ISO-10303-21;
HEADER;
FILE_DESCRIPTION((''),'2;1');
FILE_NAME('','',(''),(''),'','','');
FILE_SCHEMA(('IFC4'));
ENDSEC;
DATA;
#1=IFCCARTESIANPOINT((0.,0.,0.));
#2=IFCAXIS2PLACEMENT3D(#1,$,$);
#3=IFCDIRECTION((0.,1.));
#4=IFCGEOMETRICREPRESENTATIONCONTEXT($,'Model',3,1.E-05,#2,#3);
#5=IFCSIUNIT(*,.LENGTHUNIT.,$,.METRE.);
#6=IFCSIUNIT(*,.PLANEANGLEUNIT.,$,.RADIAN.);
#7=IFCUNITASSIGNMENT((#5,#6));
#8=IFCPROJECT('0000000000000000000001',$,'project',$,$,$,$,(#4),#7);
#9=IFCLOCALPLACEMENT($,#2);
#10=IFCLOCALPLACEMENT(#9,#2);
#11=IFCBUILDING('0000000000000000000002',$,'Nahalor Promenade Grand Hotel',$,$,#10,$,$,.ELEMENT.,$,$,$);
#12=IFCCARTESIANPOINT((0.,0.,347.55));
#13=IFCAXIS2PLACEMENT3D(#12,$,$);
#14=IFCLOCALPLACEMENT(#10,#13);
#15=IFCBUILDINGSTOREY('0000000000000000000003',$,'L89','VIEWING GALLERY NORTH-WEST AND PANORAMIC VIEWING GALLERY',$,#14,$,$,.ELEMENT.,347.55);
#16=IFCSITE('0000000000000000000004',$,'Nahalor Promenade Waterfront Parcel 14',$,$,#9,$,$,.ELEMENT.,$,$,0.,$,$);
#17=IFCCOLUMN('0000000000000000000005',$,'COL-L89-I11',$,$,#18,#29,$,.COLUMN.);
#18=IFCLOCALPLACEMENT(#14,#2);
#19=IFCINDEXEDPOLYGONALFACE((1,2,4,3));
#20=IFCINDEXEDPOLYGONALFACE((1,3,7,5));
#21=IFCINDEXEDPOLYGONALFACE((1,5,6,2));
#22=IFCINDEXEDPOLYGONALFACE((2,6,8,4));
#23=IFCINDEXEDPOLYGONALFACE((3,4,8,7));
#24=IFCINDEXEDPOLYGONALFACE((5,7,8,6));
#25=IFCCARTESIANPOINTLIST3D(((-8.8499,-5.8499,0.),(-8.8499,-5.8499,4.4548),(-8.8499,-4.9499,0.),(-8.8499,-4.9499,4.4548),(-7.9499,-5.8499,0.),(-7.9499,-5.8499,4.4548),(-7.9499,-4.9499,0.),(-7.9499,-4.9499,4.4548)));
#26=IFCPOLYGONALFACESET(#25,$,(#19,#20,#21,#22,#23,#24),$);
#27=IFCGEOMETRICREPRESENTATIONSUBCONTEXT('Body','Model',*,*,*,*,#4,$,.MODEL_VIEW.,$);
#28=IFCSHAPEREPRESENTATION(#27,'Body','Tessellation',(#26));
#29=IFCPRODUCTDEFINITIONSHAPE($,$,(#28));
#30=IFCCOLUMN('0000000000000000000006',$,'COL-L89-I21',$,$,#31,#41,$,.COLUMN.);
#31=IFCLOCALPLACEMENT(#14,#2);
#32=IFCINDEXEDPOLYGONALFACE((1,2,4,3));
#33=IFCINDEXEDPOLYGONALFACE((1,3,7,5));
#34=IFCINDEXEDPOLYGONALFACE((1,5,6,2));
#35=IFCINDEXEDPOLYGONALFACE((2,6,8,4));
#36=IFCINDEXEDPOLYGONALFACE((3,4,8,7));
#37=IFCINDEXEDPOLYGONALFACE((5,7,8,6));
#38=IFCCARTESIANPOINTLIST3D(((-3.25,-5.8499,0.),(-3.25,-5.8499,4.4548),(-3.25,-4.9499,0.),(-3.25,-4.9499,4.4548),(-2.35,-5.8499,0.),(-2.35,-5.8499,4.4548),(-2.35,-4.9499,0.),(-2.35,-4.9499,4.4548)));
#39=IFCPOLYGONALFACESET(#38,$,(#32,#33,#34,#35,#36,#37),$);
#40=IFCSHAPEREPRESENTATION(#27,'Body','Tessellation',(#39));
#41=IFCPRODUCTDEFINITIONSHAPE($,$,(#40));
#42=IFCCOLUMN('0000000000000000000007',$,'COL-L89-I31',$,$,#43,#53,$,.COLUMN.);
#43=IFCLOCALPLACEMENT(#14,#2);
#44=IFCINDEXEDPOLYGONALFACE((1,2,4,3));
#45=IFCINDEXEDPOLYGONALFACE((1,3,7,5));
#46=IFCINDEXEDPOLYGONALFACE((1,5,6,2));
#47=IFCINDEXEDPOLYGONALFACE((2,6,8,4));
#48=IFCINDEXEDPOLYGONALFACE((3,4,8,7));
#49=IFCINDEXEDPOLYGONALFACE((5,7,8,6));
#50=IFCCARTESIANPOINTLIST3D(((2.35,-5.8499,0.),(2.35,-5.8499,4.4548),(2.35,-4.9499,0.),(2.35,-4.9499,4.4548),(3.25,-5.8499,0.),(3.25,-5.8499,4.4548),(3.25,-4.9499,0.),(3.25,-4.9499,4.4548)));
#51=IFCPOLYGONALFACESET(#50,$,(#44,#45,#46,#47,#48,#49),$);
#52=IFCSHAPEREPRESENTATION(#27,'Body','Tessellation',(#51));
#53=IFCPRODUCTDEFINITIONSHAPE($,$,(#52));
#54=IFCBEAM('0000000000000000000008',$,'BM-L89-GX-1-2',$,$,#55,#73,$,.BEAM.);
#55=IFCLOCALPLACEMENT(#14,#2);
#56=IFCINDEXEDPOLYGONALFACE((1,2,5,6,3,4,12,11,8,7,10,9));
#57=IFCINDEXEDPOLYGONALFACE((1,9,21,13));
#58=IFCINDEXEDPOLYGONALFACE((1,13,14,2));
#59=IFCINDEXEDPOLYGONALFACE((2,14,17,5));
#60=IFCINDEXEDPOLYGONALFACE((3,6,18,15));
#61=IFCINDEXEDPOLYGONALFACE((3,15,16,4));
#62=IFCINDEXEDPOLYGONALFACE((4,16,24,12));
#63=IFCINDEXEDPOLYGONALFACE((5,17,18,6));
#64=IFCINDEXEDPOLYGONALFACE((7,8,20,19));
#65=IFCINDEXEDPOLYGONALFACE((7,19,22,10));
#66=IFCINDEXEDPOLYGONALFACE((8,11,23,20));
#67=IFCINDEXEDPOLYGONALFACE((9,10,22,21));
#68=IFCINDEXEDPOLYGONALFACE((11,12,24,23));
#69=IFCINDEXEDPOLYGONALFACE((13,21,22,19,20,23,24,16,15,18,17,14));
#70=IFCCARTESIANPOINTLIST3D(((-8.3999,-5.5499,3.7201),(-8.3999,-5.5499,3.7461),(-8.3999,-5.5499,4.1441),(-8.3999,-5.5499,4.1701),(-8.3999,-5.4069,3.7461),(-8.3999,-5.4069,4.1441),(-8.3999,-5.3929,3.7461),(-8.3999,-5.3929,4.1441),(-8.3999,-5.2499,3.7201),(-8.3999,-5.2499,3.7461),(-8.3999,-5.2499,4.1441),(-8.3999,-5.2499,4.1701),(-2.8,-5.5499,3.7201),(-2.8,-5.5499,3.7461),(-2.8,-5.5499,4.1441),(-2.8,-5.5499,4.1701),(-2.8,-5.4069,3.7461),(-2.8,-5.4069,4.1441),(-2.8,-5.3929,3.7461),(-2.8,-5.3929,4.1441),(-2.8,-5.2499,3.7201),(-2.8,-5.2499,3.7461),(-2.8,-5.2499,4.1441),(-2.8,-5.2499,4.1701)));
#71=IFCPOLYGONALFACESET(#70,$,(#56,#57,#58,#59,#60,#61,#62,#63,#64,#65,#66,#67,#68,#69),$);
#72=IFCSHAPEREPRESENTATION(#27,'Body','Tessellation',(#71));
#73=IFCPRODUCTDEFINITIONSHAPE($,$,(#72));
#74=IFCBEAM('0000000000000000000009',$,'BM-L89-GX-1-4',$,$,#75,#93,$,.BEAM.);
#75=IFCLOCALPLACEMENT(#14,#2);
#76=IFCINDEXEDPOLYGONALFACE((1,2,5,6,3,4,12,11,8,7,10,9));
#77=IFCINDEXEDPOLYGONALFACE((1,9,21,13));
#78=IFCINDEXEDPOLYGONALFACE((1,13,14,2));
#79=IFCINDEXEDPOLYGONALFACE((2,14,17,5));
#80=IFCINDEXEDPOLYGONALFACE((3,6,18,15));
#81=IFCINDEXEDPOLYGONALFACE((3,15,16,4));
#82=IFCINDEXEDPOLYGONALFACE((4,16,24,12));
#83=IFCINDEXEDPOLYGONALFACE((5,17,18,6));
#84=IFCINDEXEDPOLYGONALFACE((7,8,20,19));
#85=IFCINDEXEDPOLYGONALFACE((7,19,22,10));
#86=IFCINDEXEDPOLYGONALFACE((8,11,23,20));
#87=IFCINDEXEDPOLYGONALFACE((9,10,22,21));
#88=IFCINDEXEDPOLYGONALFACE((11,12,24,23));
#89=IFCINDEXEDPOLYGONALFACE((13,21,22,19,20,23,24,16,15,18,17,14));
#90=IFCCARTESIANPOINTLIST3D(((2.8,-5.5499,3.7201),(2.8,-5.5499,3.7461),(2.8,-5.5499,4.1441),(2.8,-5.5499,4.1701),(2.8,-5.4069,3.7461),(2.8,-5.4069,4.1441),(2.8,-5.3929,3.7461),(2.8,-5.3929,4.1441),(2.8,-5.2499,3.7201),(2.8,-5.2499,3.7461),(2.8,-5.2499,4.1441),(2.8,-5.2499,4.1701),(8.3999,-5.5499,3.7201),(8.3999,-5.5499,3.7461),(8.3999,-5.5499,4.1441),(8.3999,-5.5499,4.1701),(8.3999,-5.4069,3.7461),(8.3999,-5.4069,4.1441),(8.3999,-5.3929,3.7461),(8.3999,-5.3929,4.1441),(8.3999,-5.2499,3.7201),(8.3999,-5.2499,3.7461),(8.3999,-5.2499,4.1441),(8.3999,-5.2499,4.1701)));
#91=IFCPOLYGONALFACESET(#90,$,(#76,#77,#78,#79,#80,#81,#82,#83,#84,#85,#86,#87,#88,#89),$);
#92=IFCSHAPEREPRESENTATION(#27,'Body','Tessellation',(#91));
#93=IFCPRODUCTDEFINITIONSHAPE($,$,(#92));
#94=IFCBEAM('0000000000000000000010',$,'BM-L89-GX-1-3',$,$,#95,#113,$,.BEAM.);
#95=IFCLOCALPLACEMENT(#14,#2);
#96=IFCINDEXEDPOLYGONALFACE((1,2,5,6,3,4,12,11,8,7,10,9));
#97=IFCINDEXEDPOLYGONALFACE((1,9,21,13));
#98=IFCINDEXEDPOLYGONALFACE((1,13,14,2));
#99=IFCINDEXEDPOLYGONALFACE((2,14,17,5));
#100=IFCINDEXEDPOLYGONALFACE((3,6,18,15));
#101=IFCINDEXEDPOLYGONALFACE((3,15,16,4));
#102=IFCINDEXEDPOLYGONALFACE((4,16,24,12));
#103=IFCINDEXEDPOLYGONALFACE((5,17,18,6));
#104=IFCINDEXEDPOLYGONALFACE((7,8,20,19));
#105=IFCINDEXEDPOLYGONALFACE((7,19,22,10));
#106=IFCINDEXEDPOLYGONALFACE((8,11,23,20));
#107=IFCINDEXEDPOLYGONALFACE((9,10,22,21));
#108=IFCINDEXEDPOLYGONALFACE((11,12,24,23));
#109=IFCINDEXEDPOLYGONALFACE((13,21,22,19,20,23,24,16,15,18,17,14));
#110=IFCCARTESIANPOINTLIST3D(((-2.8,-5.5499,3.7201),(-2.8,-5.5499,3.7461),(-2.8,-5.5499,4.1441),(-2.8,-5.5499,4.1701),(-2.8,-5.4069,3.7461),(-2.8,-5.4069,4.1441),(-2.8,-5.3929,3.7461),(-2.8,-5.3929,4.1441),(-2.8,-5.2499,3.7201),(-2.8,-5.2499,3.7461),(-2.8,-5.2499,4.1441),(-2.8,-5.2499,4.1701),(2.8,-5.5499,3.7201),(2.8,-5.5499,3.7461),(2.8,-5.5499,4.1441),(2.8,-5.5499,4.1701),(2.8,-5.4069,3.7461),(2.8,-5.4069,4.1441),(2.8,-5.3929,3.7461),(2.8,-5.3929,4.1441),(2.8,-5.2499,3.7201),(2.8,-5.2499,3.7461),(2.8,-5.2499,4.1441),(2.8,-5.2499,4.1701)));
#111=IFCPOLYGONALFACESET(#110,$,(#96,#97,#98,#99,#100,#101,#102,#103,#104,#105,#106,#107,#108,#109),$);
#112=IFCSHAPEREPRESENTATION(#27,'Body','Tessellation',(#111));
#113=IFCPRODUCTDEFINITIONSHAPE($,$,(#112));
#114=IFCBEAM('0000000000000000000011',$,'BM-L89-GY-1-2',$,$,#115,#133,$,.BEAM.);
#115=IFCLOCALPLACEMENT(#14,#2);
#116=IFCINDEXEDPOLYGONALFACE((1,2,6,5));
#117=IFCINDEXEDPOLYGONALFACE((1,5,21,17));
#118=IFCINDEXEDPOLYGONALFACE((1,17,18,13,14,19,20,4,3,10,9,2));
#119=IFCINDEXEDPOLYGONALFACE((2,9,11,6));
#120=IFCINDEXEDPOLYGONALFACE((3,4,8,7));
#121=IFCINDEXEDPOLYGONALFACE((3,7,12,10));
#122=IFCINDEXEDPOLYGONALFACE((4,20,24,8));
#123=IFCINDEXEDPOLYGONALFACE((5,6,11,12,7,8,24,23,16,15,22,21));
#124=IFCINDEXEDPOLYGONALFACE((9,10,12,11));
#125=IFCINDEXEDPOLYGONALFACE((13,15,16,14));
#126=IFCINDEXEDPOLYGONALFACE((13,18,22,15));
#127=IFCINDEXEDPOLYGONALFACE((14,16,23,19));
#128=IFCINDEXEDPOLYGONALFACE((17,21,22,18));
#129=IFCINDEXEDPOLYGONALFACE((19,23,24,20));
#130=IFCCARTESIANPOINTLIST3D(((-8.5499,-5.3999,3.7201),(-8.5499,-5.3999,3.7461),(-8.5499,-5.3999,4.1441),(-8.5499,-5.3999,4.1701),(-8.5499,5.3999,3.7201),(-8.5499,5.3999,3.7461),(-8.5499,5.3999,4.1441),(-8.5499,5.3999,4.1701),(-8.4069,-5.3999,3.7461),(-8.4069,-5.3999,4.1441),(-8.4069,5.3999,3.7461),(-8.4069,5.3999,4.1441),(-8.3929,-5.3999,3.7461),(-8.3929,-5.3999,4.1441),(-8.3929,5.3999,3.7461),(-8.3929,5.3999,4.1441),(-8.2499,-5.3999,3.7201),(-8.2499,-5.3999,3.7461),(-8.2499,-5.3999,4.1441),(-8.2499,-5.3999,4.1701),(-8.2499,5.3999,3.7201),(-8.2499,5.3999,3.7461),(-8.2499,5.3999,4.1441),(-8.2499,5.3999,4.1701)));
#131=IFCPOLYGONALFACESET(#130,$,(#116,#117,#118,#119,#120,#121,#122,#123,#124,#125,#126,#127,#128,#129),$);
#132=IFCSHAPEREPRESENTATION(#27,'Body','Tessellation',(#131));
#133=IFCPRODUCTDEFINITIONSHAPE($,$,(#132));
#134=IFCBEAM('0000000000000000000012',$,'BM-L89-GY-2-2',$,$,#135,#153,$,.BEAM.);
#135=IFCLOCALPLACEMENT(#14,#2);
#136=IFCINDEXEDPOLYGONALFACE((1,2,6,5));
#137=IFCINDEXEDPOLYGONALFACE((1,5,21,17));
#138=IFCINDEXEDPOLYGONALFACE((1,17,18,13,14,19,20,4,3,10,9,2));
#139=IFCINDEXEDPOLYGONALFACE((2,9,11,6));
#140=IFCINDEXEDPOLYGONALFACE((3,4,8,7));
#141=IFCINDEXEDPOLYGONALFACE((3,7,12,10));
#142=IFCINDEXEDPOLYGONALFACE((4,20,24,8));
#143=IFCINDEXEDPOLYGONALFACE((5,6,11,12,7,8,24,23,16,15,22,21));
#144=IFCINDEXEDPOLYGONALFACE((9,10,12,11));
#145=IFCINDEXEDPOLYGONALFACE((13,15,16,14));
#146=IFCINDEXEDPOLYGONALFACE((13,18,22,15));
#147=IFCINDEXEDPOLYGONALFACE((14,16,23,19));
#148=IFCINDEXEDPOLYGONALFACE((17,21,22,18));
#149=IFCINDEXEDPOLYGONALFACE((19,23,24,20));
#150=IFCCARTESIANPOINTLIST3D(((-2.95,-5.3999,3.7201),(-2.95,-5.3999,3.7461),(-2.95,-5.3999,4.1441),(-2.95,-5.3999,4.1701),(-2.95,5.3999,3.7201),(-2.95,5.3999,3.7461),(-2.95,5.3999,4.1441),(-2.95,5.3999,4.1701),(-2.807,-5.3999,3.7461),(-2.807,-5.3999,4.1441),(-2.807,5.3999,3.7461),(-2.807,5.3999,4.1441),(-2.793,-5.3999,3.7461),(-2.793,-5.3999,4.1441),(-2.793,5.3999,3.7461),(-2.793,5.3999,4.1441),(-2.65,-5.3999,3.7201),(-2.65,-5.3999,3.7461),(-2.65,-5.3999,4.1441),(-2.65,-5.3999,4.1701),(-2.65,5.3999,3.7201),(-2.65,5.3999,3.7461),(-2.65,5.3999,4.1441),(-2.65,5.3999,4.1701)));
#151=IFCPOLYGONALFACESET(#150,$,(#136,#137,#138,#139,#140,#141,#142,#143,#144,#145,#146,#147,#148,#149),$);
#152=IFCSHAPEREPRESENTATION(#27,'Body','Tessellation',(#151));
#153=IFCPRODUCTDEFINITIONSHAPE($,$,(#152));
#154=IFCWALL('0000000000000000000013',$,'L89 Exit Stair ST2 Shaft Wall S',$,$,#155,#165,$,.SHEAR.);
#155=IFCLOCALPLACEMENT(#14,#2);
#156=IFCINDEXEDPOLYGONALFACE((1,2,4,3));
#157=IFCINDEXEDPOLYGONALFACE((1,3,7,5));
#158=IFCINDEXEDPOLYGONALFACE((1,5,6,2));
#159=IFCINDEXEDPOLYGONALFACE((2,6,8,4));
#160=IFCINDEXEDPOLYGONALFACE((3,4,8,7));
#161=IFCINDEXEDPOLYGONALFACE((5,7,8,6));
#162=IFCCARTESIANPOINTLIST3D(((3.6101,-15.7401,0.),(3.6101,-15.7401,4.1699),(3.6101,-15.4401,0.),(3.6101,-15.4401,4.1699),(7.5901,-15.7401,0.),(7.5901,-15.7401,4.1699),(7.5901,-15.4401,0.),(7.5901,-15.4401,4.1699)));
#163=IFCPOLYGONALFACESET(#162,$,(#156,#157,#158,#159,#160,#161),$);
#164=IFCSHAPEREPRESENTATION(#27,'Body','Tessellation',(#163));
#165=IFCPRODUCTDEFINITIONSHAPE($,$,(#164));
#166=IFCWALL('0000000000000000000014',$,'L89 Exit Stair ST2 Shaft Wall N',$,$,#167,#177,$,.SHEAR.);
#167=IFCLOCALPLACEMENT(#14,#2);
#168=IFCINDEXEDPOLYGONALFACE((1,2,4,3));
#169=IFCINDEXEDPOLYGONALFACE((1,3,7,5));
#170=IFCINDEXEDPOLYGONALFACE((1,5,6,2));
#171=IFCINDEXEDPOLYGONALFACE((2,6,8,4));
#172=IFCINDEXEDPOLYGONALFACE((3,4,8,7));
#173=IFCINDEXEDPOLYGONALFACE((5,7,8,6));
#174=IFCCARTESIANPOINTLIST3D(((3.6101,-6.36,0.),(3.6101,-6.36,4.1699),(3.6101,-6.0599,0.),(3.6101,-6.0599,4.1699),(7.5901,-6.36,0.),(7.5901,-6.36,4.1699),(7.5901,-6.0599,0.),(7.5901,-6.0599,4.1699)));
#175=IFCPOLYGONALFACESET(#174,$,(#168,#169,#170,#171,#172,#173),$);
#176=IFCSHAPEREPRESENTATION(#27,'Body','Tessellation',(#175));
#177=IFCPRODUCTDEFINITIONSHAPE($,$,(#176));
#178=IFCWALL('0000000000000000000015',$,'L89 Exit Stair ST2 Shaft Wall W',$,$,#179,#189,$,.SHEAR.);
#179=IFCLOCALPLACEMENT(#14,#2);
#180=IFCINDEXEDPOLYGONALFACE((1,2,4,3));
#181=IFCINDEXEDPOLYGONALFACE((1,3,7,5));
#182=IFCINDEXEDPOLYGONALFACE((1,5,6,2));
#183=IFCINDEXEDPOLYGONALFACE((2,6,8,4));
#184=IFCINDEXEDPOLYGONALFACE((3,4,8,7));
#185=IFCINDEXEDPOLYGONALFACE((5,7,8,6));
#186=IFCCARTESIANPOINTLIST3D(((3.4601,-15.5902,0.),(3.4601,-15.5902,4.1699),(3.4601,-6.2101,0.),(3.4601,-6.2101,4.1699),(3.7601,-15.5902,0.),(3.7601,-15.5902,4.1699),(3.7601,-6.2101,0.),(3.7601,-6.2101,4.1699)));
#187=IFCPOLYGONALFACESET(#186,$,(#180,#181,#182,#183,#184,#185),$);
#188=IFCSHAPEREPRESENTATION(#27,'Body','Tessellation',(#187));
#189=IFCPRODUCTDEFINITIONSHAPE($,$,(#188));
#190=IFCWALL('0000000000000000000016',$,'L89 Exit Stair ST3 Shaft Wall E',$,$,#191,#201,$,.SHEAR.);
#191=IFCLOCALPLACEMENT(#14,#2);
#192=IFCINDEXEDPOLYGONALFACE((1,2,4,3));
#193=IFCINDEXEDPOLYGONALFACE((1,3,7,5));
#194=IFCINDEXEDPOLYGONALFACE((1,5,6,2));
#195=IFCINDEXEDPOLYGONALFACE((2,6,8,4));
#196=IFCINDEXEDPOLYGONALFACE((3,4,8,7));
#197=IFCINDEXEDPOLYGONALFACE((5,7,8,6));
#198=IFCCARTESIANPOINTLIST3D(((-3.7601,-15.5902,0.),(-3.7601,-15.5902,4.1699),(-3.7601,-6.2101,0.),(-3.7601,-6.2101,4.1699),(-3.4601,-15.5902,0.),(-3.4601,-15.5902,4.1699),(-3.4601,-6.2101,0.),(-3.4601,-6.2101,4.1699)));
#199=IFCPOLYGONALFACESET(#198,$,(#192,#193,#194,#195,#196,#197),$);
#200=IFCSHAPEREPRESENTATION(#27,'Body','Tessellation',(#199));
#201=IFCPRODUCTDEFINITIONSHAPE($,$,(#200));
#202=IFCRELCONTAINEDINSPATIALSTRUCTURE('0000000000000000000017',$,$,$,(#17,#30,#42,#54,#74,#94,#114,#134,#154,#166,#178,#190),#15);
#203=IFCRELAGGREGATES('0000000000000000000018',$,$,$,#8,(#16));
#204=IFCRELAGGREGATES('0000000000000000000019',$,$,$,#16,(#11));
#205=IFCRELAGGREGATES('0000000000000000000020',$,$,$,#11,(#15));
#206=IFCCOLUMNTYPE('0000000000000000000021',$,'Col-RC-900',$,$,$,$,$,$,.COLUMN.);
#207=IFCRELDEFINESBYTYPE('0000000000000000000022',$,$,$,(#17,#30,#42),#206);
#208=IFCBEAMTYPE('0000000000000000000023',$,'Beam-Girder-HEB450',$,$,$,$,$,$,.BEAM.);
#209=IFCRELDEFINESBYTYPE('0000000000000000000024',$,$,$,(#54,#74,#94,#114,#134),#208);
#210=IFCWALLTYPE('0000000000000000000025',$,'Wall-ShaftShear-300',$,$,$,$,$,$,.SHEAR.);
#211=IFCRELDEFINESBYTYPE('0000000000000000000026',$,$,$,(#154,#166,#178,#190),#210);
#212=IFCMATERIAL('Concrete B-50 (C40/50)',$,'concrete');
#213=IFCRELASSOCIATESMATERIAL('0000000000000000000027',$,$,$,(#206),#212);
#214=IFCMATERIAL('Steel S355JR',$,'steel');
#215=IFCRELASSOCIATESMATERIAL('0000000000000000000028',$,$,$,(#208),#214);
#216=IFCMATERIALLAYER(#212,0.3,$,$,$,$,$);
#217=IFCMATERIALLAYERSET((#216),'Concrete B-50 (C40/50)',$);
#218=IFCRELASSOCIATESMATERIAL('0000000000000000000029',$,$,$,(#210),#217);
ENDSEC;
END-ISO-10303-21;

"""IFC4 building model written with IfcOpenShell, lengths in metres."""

from ifc_helpers import new_model, si_unit, direction, frame, frame_2d, origin, origin_2d, place, context, subcontext, project, spatial, rectangle, i_section, extrude, source, transform, mapped, material, layer, layer_set, material_profile, profile_set, type_object, element, save


model = new_model("IFC4")

# Units and contexts
model_context = context("Model", 3, precision=1e-05, world=origin(), true_north=direction((0.0, 1.0)))
body_context = subcontext(model_context, "Body", "Model", "MODEL_VIEW")
ifc_project = project(units=[si_unit("LENGTHUNIT", "METRE"), si_unit("PLANEANGLEUNIT", "RADIAN")], contexts=[model_context])

# Site, building, storey
site_placement = place(None, origin())
site = spatial("IfcSite", under=ifc_project, at=site_placement, Name="Nahalor Promenade Waterfront Parcel 14", CompositionType="ELEMENT", RefElevation=0.0)
building_placement = place(site_placement, origin())
building = spatial("IfcBuilding", under=site, at=building_placement, Name="Nahalor Promenade Grand Hotel", CompositionType="ELEMENT")
storey_placement = place(building_placement, frame((0.0, 0.0, 347.55)))
storey = spatial("IfcBuildingStorey", under=building, at=storey_placement, Name="L89", Description="VIEWING GALLERY NORTH-WEST AND PANORAMIC VIEWING GALLERY", CompositionType="ELEMENT", Elevation=347.55)

# Columns
ifc_material_1 = material(Name="Concrete B-50 (C40/50)", Category="concrete")
ifc_material_profile_1 = material_profile(ifc_material_1, rectangle(XDim=0.9, YDim=0.9, at=origin_2d()), Name="RC 900x900")
ifc_profile_set_1 = profile_set([ifc_material_profile_1], Name="Concrete B-50 (C40/50)")
column_type = type_object("IfcColumnType", Name="Col-RC-900", PredefinedType="COLUMN", material=ifc_profile_set_1)
shared_shape_1 = source(origin(), body_context, "Body", "SweptSolid", [
    extrude(rectangle(XDim=0.9, YDim=0.9, at=origin_2d()), origin(), (0.0, 0.0, 1.0), 4.4548),
])
for number, where, z_axis, x_axis, name in (
    (1, (-8.3999, -5.3999, 0.0), (0.0, 0.0, 1.0), (1.0, 0.0, 0.0), "COL-L89-I11"),
    (2, (-2.8, -5.3999, 0.0), (0.0, 0.0, 1.0), (1.0, 0.0, 0.0), "COL-L89-I21"),
    (3, (2.8, -5.3999, 0.0), (0.0, 0.0, 1.0), (1.0, 0.0, 0.0), "COL-L89-I31"),
):
    element("IfcColumn", number, at=place(storey_placement, frame(where, z_axis=z_axis, x_axis=x_axis)), inside=storey, type_object=column_type, Name=name, PredefinedType="COLUMN", context=body_context, shape_type="MappedRepresentation", body=[
        mapped(shared_shape_1, transform((0.0, 0.0, 0.0), scale=1.0)),
    ])

# Beams
ifc_material_2 = material(Name="Steel S355JR", Category="steel")
ifc_material_profile_2 = material_profile(ifc_material_2, i_section(OverallWidth=0.3, OverallDepth=0.45, WebThickness=0.014, FlangeThickness=0.026, at=origin_2d()), Name="HEB 450")
ifc_profile_set_2 = profile_set([ifc_material_profile_2], Name="Steel S355JR")
beam_type = type_object("IfcBeamType", Name="Beam-Girder-HEB450", PredefinedType="BEAM", material=ifc_profile_set_2)
shared_shape_2 = source(origin(), body_context, "Body", "SweptSolid", [
    extrude(i_section(OverallWidth=0.3, OverallDepth=0.45, WebThickness=0.014, FlangeThickness=0.026, at=origin_2d()), origin(), (0.0, 0.0, 1.0), 5.5999),
])
for number, where, z_axis, x_axis, name in (
    (4, (-8.3999, -5.3999, 3.9451), (1.0, 0.0, 0.0), (0.0, 1.0, 0.0), "BM-L89-GX-1-2"),
    (5, (2.8, -5.3999, 3.9451), (1.0, 0.0, 0.0), (0.0, 1.0, 0.0), "BM-L89-GX-1-4"),
):
    element("IfcBeam", number, at=place(storey_placement, frame(where, z_axis=z_axis, x_axis=x_axis)), inside=storey, type_object=beam_type, Name=name, PredefinedType="BEAM", context=body_context, shape_type="MappedRepresentation", body=[
        mapped(shared_shape_2, transform((0.0, 0.0, 0.0), scale=1.0)),
    ])
shared_shape_3 = source(origin(), body_context, "Body", "SweptSolid", [
    extrude(i_section(OverallWidth=0.3, OverallDepth=0.45, WebThickness=0.014, FlangeThickness=0.026, at=origin_2d()), origin(), (0.0, 0.0, 1.0), 5.6001),
])
beam_placement = place(storey_placement, frame((-2.8, -5.3999, 3.9451), z_axis=(1.0, 0.0, 0.0), x_axis=(0.0, 1.0, 0.0)))
element("IfcBeam", 6, at=beam_placement, inside=storey, type_object=beam_type, Name="BM-L89-GX-1-3", PredefinedType="BEAM", context=body_context, shape_type="MappedRepresentation", body=[
    mapped(shared_shape_3, transform((0.0, 0.0, 0.0), scale=1.0)),
])
shared_shape_4 = source(origin(), body_context, "Body", "SweptSolid", [
    extrude(i_section(OverallWidth=0.3, OverallDepth=0.45, WebThickness=0.014, FlangeThickness=0.026, at=origin_2d()), origin(), (0.0, 0.0, 1.0), 10.7998),
])
for number, where, z_axis, x_axis, name in (
    (7, (-8.3999, -5.3999, 3.9451), (0.0, 1.0, 0.0), (-1.0, 0.0, 0.0), "BM-L89-GY-1-2"),
    (8, (-2.8, -5.3999, 3.9451), (0.0, 1.0, 0.0), (-1.0, 0.0, 0.0), "BM-L89-GY-2-2"),
):
    element("IfcBeam", number, at=place(storey_placement, frame(where, z_axis=z_axis, x_axis=x_axis)), inside=storey, type_object=beam_type, Name=name, PredefinedType="BEAM", context=body_context, shape_type="MappedRepresentation", body=[
        mapped(shared_shape_4, transform((0.0, 0.0, 0.0), scale=1.0)),
    ])

# Walls
ifc_layer_1 = layer(ifc_material_1, 0.3)
ifc_layer_set_1 = layer_set([ifc_layer_1], Name="Concrete B-50 (C40/50)")
wall_type_1 = type_object("IfcWallType", Name="Wall-ShaftShear-300", PredefinedType="SHEAR", material=ifc_layer_set_1)
shared_shape_5 = source(origin(), body_context, "Body", "SweptSolid", [
    extrude(rectangle(XDim=3.98, YDim=0.3, at=frame_2d((1.99, 0.0))), origin(), (0.0, 0.0, 1.0), 4.1699),
])
for number, where, z_axis, x_axis, name in (
    (9, (3.6101, -15.5901, 0.0), (0.0, 0.0, 1.0), (1.0, 0.0, 0.0), "L89 Exit Stair ST2 Shaft Wall S"),
    (10, (3.6101, -6.21, 0.0), (0.0, 0.0, 1.0), (1.0, 0.0, 0.0), "L89 Exit Stair ST2 Shaft Wall N"),
):
    element("IfcWall", number, at=place(storey_placement, frame(where, z_axis=z_axis, x_axis=x_axis)), inside=storey, type_object=wall_type_1, Name=name, PredefinedType="SHEAR", context=body_context, shape_type="MappedRepresentation", body=[
        mapped(shared_shape_5, transform((0.0, 0.0, 0.0), scale=1.0)),
    ])

# Walls
shared_shape_6 = source(origin(), body_context, "Body", "SweptSolid", [
    extrude(rectangle(XDim=9.3801, YDim=0.3, at=frame_2d((4.6899, 0.0))), origin(), (0.0, 0.0, 1.0), 4.1699),
])
for number, where, z_axis, x_axis, name in (
    (11, (3.6101, -15.5901, 0.0), (0.0, 0.0, 1.0), (0.0, 1.0, 0.0), "L89 Exit Stair ST2 Shaft Wall W"),
    (12, (-3.6101, -15.5901, 0.0), (0.0, 0.0, 1.0), (0.0, 1.0, 0.0), "L89 Exit Stair ST3 Shaft Wall E"),
):
    element("IfcWall", number, at=place(storey_placement, frame(where, z_axis=z_axis, x_axis=x_axis)), inside=storey, type_object=wall_type_1, Name=name, PredefinedType="SHEAR", context=body_context, shape_type="MappedRepresentation", body=[
        mapped(shared_shape_6, transform((0.0, 0.0, 0.0), scale=1.0)),
    ])

save(model, "model.ifc")
